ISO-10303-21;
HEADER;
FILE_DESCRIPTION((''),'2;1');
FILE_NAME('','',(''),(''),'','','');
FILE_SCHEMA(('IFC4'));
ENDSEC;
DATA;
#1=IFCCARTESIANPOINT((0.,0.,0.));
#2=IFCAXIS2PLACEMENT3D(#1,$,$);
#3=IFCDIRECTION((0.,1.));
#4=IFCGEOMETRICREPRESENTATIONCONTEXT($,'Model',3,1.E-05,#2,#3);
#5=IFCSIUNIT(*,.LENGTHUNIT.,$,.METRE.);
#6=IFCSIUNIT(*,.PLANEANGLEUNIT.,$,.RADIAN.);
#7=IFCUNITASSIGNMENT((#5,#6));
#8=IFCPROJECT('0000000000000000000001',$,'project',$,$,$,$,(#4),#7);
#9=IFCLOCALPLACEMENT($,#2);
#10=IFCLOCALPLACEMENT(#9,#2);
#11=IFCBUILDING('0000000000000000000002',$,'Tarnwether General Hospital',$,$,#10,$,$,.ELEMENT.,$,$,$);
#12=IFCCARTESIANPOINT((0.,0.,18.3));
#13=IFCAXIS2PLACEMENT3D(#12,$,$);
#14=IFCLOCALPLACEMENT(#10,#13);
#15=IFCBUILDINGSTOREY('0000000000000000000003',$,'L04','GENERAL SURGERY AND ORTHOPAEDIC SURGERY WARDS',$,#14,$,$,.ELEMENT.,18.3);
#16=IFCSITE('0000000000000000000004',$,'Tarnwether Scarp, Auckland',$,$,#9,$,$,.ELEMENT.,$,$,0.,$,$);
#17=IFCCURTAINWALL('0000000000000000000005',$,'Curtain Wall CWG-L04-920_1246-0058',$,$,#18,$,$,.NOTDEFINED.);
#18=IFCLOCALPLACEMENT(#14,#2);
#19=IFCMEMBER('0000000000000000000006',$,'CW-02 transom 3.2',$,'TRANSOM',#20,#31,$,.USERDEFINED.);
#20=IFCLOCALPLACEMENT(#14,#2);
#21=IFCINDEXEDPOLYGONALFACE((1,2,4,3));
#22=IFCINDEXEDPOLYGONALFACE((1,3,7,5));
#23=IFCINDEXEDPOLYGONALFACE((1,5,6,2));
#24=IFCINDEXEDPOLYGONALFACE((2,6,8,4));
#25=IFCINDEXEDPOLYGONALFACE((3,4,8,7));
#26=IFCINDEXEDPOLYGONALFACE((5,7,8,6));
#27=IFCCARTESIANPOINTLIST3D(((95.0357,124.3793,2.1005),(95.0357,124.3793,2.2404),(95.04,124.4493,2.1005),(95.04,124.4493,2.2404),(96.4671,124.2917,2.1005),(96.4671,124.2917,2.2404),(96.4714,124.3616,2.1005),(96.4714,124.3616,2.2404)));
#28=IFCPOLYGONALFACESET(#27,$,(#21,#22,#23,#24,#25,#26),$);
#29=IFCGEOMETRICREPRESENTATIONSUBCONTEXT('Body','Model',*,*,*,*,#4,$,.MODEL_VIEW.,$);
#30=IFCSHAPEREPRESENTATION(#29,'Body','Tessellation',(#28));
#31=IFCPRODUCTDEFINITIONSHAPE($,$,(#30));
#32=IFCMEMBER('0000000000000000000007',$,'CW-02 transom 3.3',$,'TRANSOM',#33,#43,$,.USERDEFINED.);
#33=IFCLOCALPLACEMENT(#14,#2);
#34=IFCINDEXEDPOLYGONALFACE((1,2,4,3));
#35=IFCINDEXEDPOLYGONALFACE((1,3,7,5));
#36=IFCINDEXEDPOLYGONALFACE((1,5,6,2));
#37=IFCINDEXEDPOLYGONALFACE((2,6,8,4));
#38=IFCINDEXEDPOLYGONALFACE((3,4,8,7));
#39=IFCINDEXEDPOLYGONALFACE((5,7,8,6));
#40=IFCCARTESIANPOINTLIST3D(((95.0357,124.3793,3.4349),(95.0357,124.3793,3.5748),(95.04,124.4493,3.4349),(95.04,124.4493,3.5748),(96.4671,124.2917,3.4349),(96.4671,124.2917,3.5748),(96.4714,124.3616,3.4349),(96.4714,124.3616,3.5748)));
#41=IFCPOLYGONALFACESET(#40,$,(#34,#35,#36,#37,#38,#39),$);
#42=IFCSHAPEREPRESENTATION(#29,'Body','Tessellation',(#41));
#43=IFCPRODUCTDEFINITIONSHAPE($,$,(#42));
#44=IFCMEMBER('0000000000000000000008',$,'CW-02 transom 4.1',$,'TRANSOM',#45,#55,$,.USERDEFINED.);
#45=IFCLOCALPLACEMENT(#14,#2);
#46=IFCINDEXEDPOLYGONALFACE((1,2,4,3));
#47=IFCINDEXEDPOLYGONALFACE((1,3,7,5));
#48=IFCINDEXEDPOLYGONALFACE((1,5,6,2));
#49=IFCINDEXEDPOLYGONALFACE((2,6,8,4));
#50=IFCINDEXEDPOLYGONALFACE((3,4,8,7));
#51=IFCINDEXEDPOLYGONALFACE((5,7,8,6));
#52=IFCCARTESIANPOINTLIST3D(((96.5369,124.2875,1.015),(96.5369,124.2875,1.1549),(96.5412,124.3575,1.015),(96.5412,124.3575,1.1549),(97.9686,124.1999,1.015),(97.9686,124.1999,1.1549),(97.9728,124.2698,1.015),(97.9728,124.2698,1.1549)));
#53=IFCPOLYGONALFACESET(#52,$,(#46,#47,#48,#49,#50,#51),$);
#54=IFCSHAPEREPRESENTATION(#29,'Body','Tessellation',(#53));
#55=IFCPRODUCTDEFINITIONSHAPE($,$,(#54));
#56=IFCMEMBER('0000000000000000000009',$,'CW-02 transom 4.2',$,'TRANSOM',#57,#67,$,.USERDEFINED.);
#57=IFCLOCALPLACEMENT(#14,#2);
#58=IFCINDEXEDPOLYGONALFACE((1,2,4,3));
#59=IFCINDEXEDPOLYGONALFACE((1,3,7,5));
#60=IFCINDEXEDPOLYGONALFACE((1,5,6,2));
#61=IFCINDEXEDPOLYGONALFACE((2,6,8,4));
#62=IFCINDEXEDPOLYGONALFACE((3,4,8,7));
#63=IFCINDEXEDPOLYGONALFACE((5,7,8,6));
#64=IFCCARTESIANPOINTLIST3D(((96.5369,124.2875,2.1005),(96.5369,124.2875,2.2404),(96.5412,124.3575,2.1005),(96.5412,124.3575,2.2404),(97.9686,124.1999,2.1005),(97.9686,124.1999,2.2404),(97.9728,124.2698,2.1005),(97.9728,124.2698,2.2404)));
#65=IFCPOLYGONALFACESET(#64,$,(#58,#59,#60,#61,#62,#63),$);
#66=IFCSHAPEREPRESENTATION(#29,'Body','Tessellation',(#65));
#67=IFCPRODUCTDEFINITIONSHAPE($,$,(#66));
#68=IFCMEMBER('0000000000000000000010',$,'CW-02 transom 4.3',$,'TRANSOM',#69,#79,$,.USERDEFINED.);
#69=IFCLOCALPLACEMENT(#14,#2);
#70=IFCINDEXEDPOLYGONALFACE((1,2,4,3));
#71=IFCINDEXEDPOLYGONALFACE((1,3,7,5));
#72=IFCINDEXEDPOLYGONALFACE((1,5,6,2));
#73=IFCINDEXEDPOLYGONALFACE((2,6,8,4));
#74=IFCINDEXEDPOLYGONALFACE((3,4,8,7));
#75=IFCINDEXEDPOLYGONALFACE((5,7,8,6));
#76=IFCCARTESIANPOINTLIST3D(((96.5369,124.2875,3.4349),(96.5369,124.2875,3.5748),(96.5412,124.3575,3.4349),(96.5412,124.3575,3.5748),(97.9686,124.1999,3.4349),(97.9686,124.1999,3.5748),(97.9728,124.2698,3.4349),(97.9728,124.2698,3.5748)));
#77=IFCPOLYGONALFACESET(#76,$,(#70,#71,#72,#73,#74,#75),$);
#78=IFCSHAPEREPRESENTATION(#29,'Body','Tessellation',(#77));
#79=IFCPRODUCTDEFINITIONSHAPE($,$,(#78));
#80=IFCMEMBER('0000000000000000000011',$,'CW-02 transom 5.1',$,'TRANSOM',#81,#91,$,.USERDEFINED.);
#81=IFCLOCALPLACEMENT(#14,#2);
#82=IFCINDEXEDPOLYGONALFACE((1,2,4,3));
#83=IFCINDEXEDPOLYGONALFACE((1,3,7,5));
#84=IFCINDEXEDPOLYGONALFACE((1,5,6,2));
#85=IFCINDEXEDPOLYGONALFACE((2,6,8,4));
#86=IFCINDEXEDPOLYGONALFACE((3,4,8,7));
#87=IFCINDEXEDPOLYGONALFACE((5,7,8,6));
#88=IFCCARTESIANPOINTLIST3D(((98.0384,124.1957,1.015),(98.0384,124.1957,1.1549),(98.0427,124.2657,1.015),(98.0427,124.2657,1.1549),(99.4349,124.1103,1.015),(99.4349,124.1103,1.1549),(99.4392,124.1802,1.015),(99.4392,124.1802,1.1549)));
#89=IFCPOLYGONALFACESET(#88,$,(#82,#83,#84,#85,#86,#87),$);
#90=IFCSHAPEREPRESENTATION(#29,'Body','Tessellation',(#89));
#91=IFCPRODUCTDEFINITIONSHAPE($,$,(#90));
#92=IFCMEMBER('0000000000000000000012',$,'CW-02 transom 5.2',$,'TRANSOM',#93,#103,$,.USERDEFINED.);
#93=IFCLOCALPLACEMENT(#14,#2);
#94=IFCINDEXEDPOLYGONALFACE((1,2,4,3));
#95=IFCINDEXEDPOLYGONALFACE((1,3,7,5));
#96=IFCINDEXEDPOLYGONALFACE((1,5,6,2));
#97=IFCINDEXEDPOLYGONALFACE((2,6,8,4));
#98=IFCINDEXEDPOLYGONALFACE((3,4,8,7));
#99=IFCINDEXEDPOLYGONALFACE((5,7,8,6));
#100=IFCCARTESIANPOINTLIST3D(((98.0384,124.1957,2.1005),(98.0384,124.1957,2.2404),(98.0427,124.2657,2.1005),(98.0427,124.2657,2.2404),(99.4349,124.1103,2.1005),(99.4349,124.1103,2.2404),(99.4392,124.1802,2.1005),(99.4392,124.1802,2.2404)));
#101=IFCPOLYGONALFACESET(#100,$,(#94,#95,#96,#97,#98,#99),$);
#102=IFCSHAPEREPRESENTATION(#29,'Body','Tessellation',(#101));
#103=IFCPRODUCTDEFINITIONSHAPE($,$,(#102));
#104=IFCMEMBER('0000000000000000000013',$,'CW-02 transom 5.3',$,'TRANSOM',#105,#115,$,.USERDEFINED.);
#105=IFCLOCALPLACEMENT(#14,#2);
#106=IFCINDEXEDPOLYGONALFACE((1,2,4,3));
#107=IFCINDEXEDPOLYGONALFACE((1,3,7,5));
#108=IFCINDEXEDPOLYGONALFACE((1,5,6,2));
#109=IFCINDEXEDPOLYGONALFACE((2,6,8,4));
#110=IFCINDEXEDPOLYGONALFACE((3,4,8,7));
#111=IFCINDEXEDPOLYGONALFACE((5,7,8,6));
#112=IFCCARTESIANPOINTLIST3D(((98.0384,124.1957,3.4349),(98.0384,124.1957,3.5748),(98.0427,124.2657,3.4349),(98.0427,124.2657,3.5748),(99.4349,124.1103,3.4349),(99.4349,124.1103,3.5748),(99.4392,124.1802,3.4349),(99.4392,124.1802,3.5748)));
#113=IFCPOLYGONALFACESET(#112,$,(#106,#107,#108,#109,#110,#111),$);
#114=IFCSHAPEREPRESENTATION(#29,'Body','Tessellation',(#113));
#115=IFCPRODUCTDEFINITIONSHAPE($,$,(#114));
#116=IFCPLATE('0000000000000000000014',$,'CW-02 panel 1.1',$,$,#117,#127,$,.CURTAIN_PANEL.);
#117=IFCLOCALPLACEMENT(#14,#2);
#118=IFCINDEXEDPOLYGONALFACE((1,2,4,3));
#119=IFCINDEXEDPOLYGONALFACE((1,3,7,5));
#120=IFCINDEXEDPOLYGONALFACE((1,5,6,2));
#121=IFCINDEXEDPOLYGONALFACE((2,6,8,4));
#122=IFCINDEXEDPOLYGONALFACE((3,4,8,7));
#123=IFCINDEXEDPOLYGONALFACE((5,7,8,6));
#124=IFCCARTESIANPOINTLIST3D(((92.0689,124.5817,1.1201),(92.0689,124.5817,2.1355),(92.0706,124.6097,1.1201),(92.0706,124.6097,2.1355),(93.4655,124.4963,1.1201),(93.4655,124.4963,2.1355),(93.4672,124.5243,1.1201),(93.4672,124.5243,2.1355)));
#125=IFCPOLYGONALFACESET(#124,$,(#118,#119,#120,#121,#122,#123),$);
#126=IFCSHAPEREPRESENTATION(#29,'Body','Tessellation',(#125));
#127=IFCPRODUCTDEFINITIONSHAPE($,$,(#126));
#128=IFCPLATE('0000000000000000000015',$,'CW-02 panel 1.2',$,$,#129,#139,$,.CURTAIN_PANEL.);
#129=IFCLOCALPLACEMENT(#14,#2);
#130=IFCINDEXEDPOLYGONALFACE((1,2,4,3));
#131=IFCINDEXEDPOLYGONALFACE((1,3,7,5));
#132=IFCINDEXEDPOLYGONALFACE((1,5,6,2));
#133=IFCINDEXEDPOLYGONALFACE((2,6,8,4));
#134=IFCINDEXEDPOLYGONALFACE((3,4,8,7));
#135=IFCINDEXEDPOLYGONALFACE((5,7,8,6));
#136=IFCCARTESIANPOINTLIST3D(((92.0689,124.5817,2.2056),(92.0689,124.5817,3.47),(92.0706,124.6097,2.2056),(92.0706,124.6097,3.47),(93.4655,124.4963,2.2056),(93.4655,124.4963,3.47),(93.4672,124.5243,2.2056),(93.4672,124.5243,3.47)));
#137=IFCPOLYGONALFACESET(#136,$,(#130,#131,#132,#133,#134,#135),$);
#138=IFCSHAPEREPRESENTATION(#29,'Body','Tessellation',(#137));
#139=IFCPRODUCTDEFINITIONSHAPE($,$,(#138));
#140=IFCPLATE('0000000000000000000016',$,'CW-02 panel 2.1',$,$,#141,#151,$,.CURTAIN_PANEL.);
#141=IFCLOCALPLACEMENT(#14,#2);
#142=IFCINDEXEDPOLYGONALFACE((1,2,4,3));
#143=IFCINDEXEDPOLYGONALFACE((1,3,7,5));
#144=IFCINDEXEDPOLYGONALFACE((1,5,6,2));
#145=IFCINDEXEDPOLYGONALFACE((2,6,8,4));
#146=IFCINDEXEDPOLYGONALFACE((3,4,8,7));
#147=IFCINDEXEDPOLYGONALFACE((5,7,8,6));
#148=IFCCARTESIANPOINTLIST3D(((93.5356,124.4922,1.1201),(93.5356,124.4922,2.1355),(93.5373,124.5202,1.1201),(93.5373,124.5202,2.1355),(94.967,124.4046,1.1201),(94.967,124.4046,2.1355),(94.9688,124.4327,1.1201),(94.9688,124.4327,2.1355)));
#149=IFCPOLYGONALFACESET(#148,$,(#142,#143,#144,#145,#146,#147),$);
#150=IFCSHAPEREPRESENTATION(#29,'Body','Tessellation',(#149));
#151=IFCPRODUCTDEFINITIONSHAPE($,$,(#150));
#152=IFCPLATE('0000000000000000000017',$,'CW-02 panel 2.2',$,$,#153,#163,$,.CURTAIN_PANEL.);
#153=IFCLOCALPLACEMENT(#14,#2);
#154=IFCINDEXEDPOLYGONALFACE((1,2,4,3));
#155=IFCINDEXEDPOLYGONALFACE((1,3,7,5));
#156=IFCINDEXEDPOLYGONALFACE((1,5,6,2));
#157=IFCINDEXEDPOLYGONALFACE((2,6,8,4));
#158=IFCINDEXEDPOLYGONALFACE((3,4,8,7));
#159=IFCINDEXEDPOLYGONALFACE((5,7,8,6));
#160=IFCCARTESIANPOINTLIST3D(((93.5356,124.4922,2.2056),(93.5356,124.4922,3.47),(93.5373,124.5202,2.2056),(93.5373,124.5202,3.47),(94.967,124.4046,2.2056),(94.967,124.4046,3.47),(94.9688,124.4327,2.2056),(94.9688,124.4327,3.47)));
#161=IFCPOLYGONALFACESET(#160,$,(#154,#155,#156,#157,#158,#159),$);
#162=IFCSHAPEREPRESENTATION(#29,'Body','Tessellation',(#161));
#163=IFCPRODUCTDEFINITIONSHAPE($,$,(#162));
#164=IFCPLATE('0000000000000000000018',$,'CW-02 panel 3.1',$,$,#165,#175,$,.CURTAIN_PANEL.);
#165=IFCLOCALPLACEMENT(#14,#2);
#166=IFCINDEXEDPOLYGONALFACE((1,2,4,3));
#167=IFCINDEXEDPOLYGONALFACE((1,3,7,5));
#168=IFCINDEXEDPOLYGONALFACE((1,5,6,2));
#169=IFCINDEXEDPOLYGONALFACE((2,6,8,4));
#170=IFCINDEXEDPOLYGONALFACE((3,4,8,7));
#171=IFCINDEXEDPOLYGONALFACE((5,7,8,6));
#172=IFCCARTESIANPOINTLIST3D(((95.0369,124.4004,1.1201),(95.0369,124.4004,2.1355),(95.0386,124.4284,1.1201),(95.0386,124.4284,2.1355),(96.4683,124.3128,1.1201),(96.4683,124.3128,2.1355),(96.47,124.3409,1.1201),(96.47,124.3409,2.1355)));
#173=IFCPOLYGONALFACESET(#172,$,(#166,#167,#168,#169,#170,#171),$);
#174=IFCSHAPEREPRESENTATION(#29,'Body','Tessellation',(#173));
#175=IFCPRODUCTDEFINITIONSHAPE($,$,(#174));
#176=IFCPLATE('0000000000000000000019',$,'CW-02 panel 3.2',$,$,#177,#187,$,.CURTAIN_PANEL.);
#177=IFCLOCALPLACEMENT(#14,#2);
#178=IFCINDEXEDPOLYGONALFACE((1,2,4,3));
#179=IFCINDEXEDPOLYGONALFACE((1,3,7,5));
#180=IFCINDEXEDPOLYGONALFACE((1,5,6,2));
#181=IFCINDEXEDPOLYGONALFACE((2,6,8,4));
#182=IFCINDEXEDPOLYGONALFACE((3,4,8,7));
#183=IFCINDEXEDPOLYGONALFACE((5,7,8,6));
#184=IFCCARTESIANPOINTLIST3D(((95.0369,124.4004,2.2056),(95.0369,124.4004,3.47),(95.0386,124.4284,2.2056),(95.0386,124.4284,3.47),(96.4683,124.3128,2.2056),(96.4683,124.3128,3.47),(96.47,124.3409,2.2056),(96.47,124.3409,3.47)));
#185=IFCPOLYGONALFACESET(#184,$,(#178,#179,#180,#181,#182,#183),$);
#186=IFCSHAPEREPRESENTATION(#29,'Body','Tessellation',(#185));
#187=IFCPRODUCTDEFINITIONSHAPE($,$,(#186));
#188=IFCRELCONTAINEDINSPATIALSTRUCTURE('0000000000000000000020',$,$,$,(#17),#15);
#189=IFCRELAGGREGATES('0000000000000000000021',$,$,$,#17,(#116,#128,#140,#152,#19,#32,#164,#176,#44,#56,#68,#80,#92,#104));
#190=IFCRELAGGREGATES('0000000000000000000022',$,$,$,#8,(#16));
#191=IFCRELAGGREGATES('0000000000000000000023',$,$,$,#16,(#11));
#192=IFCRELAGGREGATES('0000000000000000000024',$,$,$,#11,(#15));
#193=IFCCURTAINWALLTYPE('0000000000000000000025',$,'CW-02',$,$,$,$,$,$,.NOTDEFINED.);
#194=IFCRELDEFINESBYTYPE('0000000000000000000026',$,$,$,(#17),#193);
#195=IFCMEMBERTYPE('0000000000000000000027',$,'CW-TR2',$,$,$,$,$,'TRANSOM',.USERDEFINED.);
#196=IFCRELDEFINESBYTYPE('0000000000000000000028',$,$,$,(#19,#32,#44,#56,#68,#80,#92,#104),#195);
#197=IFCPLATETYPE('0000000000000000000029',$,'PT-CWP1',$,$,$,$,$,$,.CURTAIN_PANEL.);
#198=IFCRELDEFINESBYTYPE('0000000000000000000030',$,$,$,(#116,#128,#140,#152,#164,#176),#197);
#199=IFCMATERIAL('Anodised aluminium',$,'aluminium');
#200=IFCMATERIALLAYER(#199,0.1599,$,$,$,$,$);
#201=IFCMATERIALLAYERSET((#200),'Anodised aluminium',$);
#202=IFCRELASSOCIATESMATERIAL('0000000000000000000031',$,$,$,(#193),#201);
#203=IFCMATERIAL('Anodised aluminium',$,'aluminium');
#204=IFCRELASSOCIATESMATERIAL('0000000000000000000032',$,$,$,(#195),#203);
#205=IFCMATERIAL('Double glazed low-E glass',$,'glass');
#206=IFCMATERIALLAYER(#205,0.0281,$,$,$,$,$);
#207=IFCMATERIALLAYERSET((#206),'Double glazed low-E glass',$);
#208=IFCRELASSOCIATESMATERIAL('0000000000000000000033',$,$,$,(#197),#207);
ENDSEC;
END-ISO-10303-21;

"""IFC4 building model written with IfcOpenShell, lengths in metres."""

from ifc_helpers import new_model, si_unit, direction, frame, origin, origin_2d, place, context, subcontext, project, spatial, rectangle, extrude, material, layer, layer_set, material_profile, profile_set, type_object, element, aggregate, save


model = new_model("IFC4")

# Units and contexts
model_context = context("Model", 3, precision=1e-05, world=origin(), true_north=direction((0.0, 1.0)))
body_context = subcontext(model_context, "Body", "Model", "MODEL_VIEW")
ifc_project = project(units=[si_unit("LENGTHUNIT", "METRE"), si_unit("PLANEANGLEUNIT", "RADIAN")], contexts=[model_context])

# Site, building, storey
site_placement = place(None, origin())
site = spatial("IfcSite", under=ifc_project, at=site_placement, Name="Tarnwether Scarp, Auckland", CompositionType="ELEMENT", RefElevation=0.0)
building_placement = place(site_placement, origin())
building = spatial("IfcBuilding", under=site, at=building_placement, Name="Tarnwether General Hospital", CompositionType="ELEMENT")
storey_placement = place(building_placement, frame((0.0, 0.0, 18.3)))
storey = spatial("IfcBuildingStorey", under=building, at=storey_placement, Name="L04", Description="GENERAL SURGERY AND ORTHOPAEDIC SURGERY WARDS", CompositionType="ELEMENT", Elevation=18.3)

# Shared definitions
ifc_material_1 = material(Name="Anodised aluminium", Category="aluminium")
ifc_layer_1 = layer(ifc_material_1, 0.1599)
ifc_layer_set_1 = layer_set([ifc_layer_1], Name="Anodised aluminium")
curtain_wall_type = type_object("IfcCurtainWallType", Name="CW-02", PredefinedType="NOTDEFINED", material=ifc_layer_set_1)

# Curtain wall, members, plates
curtain_wall_1_placement = place(storey_placement, origin())
curtain_wall_1 = element("IfcCurtainWall", 1, at=curtain_wall_1_placement, inside=storey, type_object=curtain_wall_type, Name="Curtain Wall CWG-L04-920_1246-0058", PredefinedType="NOTDEFINED")
ifc_material_2 = material(Name="Anodised aluminium", Category="aluminium")
ifc_material_profile_1 = material_profile(ifc_material_2, rectangle(XDim=0.0701, YDim=0.1399, at=origin_2d()), Name="ALU-TRN-70x140")
ifc_profile_set_1 = profile_set([ifc_material_profile_1], Name="Anodised aluminium")
member_type_1 = type_object("IfcMemberType", Name="CW-TR2", ElementType="TRANSOM", PredefinedType="USERDEFINED", material=ifc_profile_set_1)
member_1_placement = place(storey_placement, frame((95.0378, 124.4143, 2.1704), z_axis=(0.998131, -0.061117, 0.0), x_axis=(0.061117, 0.998131, 0.0)))
member_1 = element("IfcMember", 2, at=member_1_placement, type_object=member_type_1, Name="CW-02 transom 3.2", ObjectType="TRANSOM", PredefinedType="USERDEFINED", context=body_context, shape_type="SweptSolid", body=[
    extrude(rectangle(XDim=0.0701, YDim=0.1399, at=origin_2d()), origin(), (0.0, 0.0, 1.0), 1.4341),
])
member_2_placement = place(storey_placement, frame((95.0378, 124.4143, 3.5049), z_axis=(0.998131, -0.061117, 0.0), x_axis=(0.061117, 0.998131, 0.0)))
member_2 = element("IfcMember", 3, at=member_2_placement, type_object=member_type_1, Name="CW-02 transom 3.3", ObjectType="TRANSOM", PredefinedType="USERDEFINED", context=body_context, shape_type="SweptSolid", body=[
    extrude(rectangle(XDim=0.0701, YDim=0.1399, at=origin_2d()), origin(), (0.0, 0.0, 1.0), 1.4341),
])
member_3_placement = place(storey_placement, frame((96.5391, 124.3225, 1.085), z_axis=(0.998131, -0.061107, 0.0), x_axis=(0.061107, 0.998131, 0.0)))
member_3 = element("IfcMember", 4, at=member_3_placement, type_object=member_type_1, Name="CW-02 transom 4.1", ObjectType="TRANSOM", PredefinedType="USERDEFINED", context=body_context, shape_type="SweptSolid", body=[
    extrude(rectangle(XDim=0.0701, YDim=0.1399, at=origin_2d()), origin(), (0.0, 0.0, 1.0), 1.4343),
])
member_4_placement = place(storey_placement, frame((96.5391, 124.3225, 2.1704), z_axis=(0.998131, -0.061107, 0.0), x_axis=(0.061107, 0.998131, 0.0)))
member_4 = element("IfcMember", 5, at=member_4_placement, type_object=member_type_1, Name="CW-02 transom 4.2", ObjectType="TRANSOM", PredefinedType="USERDEFINED", context=body_context, shape_type="SweptSolid", body=[
    extrude(rectangle(XDim=0.0701, YDim=0.1399, at=origin_2d()), origin(), (0.0, 0.0, 1.0), 1.4343),
])
member_5_placement = place(storey_placement, frame((96.5391, 124.3225, 3.5049), z_axis=(0.998131, -0.061107, 0.0), x_axis=(0.061107, 0.998131, 0.0)))
member_5 = element("IfcMember", 6, at=member_5_placement, type_object=member_type_1, Name="CW-02 transom 4.3", ObjectType="TRANSOM", PredefinedType="USERDEFINED", context=body_context, shape_type="SweptSolid", body=[
    extrude(rectangle(XDim=0.0701, YDim=0.1399, at=origin_2d()), origin(), (0.0, 0.0, 1.0), 1.4343),
])
member_6_placement = place(storey_placement, frame((98.0405, 124.2307, 1.085), z_axis=(0.998133, -0.061075, 0.0), x_axis=(0.061075, 0.998133, 0.0)))
member_6 = element("IfcMember", 7, at=member_6_placement, type_object=member_type_1, Name="CW-02 transom 5.1", ObjectType="TRANSOM", PredefinedType="USERDEFINED", context=body_context, shape_type="SweptSolid", body=[
    extrude(rectangle(XDim=0.0701, YDim=0.1399, at=origin_2d()), origin(), (0.0, 0.0, 1.0), 1.3992),
])
member_7_placement = place(storey_placement, frame((98.0405, 124.2307, 2.1704), z_axis=(0.998133, -0.061075, 0.0), x_axis=(0.061075, 0.998133, 0.0)))
member_7 = element("IfcMember", 8, at=member_7_placement, type_object=member_type_1, Name="CW-02 transom 5.2", ObjectType="TRANSOM", PredefinedType="USERDEFINED", context=body_context, shape_type="SweptSolid", body=[
    extrude(rectangle(XDim=0.0701, YDim=0.1399, at=origin_2d()), origin(), (0.0, 0.0, 1.0), 1.3992),
])
member_8_placement = place(storey_placement, frame((98.0405, 124.2307, 3.5049), z_axis=(0.998133, -0.061075, 0.0), x_axis=(0.061075, 0.998133, 0.0)))
member_8 = element("IfcMember", 9, at=member_8_placement, type_object=member_type_1, Name="CW-02 transom 5.3", ObjectType="TRANSOM", PredefinedType="USERDEFINED", context=body_context, shape_type="SweptSolid", body=[
    extrude(rectangle(XDim=0.0701, YDim=0.1399, at=origin_2d()), origin(), (0.0, 0.0, 1.0), 1.3992),
])
ifc_material_3 = material(Name="Double glazed low-E glass", Category="glass")
ifc_layer_2 = layer(ifc_material_3, 0.0281)
ifc_layer_set_2 = layer_set([ifc_layer_2], Name="Double glazed low-E glass")
plate_type = type_object("IfcPlateType", Name="PT-CWP1", PredefinedType="CURTAIN_PANEL", material=ifc_layer_set_2)
plate_1_placement = place(storey_placement, frame((92.7681, 124.553, 1.1201), z_axis=(0.0, 0.0, 1.0), x_axis=(0.998136, -0.061029, 0.0)))
plate_1 = element("IfcPlate", 10, at=plate_1_placement, type_object=plate_type, Name="CW-02 panel 1.1", PredefinedType="CURTAIN_PANEL", context=body_context, shape_type="SweptSolid", body=[
    extrude(rectangle(XDim=1.3992, YDim=0.0281, at=origin_2d()), origin(), (0.0, 0.0, 1.0), 1.0154),
])
plate_2_placement = place(storey_placement, frame((92.7681, 124.553, 2.2056), z_axis=(0.0, 0.0, 1.0), x_axis=(0.998136, -0.061029, 0.0)))
plate_2 = element("IfcPlate", 11, at=plate_2_placement, type_object=plate_type, Name="CW-02 panel 1.2", PredefinedType="CURTAIN_PANEL", context=body_context, shape_type="SweptSolid", body=[
    extrude(rectangle(XDim=1.3992, YDim=0.0281, at=origin_2d()), origin(), (0.0, 0.0, 1.0), 1.2644),
])
plate_3_placement = place(storey_placement, frame((94.2522, 124.4624, 1.1201), z_axis=(0.0, 0.0, 1.0), x_axis=(0.998136, -0.061029, 0.0)))
plate_3 = element("IfcPlate", 12, at=plate_3_placement, type_object=plate_type, Name="CW-02 panel 2.1", PredefinedType="CURTAIN_PANEL", context=body_context, shape_type="SweptSolid", body=[
    extrude(rectangle(XDim=1.4341, YDim=0.0281, at=origin_2d()), origin(), (0.0, 0.0, 1.0), 1.0154),
])
plate_4_placement = place(storey_placement, frame((94.2522, 124.4624, 2.2056), z_axis=(0.0, 0.0, 1.0), x_axis=(0.998136, -0.061029, 0.0)))
plate_4 = element("IfcPlate", 13, at=plate_4_placement, type_object=plate_type, Name="CW-02 panel 2.2", PredefinedType="CURTAIN_PANEL", context=body_context, shape_type="SweptSolid", body=[
    extrude(rectangle(XDim=1.4341, YDim=0.0281, at=origin_2d()), origin(), (0.0, 0.0, 1.0), 1.2644),
])
plate_5_placement = place(storey_placement, frame((95.7534, 124.3706, 1.1201), z_axis=(0.0, 0.0, 1.0), x_axis=(0.998136, -0.061029, 0.0)))
plate_5 = element("IfcPlate", 14, at=plate_5_placement, type_object=plate_type, Name="CW-02 panel 3.1", PredefinedType="CURTAIN_PANEL", context=body_context, shape_type="SweptSolid", body=[
    extrude(rectangle(XDim=1.4341, YDim=0.0281, at=origin_2d()), origin(), (0.0, 0.0, 1.0), 1.0154),
])
plate_6_placement = place(storey_placement, frame((95.7534, 124.3706, 2.2056), z_axis=(0.0, 0.0, 1.0), x_axis=(0.998136, -0.061029, 0.0)))
plate_6 = element("IfcPlate", 15, at=plate_6_placement, type_object=plate_type, Name="CW-02 panel 3.2", PredefinedType="CURTAIN_PANEL", context=body_context, shape_type="SweptSolid", body=[
    extrude(rectangle(XDim=1.4341, YDim=0.0281, at=origin_2d()), origin(), (0.0, 0.0, 1.0), 1.2644),
])
aggregate(curtain_wall_1, [plate_1, plate_2, plate_3, plate_4, member_1, member_2, plate_5, plate_6, member_3, member_4, member_5, member_6, member_7, member_8])

save(model, "model.ifc")
